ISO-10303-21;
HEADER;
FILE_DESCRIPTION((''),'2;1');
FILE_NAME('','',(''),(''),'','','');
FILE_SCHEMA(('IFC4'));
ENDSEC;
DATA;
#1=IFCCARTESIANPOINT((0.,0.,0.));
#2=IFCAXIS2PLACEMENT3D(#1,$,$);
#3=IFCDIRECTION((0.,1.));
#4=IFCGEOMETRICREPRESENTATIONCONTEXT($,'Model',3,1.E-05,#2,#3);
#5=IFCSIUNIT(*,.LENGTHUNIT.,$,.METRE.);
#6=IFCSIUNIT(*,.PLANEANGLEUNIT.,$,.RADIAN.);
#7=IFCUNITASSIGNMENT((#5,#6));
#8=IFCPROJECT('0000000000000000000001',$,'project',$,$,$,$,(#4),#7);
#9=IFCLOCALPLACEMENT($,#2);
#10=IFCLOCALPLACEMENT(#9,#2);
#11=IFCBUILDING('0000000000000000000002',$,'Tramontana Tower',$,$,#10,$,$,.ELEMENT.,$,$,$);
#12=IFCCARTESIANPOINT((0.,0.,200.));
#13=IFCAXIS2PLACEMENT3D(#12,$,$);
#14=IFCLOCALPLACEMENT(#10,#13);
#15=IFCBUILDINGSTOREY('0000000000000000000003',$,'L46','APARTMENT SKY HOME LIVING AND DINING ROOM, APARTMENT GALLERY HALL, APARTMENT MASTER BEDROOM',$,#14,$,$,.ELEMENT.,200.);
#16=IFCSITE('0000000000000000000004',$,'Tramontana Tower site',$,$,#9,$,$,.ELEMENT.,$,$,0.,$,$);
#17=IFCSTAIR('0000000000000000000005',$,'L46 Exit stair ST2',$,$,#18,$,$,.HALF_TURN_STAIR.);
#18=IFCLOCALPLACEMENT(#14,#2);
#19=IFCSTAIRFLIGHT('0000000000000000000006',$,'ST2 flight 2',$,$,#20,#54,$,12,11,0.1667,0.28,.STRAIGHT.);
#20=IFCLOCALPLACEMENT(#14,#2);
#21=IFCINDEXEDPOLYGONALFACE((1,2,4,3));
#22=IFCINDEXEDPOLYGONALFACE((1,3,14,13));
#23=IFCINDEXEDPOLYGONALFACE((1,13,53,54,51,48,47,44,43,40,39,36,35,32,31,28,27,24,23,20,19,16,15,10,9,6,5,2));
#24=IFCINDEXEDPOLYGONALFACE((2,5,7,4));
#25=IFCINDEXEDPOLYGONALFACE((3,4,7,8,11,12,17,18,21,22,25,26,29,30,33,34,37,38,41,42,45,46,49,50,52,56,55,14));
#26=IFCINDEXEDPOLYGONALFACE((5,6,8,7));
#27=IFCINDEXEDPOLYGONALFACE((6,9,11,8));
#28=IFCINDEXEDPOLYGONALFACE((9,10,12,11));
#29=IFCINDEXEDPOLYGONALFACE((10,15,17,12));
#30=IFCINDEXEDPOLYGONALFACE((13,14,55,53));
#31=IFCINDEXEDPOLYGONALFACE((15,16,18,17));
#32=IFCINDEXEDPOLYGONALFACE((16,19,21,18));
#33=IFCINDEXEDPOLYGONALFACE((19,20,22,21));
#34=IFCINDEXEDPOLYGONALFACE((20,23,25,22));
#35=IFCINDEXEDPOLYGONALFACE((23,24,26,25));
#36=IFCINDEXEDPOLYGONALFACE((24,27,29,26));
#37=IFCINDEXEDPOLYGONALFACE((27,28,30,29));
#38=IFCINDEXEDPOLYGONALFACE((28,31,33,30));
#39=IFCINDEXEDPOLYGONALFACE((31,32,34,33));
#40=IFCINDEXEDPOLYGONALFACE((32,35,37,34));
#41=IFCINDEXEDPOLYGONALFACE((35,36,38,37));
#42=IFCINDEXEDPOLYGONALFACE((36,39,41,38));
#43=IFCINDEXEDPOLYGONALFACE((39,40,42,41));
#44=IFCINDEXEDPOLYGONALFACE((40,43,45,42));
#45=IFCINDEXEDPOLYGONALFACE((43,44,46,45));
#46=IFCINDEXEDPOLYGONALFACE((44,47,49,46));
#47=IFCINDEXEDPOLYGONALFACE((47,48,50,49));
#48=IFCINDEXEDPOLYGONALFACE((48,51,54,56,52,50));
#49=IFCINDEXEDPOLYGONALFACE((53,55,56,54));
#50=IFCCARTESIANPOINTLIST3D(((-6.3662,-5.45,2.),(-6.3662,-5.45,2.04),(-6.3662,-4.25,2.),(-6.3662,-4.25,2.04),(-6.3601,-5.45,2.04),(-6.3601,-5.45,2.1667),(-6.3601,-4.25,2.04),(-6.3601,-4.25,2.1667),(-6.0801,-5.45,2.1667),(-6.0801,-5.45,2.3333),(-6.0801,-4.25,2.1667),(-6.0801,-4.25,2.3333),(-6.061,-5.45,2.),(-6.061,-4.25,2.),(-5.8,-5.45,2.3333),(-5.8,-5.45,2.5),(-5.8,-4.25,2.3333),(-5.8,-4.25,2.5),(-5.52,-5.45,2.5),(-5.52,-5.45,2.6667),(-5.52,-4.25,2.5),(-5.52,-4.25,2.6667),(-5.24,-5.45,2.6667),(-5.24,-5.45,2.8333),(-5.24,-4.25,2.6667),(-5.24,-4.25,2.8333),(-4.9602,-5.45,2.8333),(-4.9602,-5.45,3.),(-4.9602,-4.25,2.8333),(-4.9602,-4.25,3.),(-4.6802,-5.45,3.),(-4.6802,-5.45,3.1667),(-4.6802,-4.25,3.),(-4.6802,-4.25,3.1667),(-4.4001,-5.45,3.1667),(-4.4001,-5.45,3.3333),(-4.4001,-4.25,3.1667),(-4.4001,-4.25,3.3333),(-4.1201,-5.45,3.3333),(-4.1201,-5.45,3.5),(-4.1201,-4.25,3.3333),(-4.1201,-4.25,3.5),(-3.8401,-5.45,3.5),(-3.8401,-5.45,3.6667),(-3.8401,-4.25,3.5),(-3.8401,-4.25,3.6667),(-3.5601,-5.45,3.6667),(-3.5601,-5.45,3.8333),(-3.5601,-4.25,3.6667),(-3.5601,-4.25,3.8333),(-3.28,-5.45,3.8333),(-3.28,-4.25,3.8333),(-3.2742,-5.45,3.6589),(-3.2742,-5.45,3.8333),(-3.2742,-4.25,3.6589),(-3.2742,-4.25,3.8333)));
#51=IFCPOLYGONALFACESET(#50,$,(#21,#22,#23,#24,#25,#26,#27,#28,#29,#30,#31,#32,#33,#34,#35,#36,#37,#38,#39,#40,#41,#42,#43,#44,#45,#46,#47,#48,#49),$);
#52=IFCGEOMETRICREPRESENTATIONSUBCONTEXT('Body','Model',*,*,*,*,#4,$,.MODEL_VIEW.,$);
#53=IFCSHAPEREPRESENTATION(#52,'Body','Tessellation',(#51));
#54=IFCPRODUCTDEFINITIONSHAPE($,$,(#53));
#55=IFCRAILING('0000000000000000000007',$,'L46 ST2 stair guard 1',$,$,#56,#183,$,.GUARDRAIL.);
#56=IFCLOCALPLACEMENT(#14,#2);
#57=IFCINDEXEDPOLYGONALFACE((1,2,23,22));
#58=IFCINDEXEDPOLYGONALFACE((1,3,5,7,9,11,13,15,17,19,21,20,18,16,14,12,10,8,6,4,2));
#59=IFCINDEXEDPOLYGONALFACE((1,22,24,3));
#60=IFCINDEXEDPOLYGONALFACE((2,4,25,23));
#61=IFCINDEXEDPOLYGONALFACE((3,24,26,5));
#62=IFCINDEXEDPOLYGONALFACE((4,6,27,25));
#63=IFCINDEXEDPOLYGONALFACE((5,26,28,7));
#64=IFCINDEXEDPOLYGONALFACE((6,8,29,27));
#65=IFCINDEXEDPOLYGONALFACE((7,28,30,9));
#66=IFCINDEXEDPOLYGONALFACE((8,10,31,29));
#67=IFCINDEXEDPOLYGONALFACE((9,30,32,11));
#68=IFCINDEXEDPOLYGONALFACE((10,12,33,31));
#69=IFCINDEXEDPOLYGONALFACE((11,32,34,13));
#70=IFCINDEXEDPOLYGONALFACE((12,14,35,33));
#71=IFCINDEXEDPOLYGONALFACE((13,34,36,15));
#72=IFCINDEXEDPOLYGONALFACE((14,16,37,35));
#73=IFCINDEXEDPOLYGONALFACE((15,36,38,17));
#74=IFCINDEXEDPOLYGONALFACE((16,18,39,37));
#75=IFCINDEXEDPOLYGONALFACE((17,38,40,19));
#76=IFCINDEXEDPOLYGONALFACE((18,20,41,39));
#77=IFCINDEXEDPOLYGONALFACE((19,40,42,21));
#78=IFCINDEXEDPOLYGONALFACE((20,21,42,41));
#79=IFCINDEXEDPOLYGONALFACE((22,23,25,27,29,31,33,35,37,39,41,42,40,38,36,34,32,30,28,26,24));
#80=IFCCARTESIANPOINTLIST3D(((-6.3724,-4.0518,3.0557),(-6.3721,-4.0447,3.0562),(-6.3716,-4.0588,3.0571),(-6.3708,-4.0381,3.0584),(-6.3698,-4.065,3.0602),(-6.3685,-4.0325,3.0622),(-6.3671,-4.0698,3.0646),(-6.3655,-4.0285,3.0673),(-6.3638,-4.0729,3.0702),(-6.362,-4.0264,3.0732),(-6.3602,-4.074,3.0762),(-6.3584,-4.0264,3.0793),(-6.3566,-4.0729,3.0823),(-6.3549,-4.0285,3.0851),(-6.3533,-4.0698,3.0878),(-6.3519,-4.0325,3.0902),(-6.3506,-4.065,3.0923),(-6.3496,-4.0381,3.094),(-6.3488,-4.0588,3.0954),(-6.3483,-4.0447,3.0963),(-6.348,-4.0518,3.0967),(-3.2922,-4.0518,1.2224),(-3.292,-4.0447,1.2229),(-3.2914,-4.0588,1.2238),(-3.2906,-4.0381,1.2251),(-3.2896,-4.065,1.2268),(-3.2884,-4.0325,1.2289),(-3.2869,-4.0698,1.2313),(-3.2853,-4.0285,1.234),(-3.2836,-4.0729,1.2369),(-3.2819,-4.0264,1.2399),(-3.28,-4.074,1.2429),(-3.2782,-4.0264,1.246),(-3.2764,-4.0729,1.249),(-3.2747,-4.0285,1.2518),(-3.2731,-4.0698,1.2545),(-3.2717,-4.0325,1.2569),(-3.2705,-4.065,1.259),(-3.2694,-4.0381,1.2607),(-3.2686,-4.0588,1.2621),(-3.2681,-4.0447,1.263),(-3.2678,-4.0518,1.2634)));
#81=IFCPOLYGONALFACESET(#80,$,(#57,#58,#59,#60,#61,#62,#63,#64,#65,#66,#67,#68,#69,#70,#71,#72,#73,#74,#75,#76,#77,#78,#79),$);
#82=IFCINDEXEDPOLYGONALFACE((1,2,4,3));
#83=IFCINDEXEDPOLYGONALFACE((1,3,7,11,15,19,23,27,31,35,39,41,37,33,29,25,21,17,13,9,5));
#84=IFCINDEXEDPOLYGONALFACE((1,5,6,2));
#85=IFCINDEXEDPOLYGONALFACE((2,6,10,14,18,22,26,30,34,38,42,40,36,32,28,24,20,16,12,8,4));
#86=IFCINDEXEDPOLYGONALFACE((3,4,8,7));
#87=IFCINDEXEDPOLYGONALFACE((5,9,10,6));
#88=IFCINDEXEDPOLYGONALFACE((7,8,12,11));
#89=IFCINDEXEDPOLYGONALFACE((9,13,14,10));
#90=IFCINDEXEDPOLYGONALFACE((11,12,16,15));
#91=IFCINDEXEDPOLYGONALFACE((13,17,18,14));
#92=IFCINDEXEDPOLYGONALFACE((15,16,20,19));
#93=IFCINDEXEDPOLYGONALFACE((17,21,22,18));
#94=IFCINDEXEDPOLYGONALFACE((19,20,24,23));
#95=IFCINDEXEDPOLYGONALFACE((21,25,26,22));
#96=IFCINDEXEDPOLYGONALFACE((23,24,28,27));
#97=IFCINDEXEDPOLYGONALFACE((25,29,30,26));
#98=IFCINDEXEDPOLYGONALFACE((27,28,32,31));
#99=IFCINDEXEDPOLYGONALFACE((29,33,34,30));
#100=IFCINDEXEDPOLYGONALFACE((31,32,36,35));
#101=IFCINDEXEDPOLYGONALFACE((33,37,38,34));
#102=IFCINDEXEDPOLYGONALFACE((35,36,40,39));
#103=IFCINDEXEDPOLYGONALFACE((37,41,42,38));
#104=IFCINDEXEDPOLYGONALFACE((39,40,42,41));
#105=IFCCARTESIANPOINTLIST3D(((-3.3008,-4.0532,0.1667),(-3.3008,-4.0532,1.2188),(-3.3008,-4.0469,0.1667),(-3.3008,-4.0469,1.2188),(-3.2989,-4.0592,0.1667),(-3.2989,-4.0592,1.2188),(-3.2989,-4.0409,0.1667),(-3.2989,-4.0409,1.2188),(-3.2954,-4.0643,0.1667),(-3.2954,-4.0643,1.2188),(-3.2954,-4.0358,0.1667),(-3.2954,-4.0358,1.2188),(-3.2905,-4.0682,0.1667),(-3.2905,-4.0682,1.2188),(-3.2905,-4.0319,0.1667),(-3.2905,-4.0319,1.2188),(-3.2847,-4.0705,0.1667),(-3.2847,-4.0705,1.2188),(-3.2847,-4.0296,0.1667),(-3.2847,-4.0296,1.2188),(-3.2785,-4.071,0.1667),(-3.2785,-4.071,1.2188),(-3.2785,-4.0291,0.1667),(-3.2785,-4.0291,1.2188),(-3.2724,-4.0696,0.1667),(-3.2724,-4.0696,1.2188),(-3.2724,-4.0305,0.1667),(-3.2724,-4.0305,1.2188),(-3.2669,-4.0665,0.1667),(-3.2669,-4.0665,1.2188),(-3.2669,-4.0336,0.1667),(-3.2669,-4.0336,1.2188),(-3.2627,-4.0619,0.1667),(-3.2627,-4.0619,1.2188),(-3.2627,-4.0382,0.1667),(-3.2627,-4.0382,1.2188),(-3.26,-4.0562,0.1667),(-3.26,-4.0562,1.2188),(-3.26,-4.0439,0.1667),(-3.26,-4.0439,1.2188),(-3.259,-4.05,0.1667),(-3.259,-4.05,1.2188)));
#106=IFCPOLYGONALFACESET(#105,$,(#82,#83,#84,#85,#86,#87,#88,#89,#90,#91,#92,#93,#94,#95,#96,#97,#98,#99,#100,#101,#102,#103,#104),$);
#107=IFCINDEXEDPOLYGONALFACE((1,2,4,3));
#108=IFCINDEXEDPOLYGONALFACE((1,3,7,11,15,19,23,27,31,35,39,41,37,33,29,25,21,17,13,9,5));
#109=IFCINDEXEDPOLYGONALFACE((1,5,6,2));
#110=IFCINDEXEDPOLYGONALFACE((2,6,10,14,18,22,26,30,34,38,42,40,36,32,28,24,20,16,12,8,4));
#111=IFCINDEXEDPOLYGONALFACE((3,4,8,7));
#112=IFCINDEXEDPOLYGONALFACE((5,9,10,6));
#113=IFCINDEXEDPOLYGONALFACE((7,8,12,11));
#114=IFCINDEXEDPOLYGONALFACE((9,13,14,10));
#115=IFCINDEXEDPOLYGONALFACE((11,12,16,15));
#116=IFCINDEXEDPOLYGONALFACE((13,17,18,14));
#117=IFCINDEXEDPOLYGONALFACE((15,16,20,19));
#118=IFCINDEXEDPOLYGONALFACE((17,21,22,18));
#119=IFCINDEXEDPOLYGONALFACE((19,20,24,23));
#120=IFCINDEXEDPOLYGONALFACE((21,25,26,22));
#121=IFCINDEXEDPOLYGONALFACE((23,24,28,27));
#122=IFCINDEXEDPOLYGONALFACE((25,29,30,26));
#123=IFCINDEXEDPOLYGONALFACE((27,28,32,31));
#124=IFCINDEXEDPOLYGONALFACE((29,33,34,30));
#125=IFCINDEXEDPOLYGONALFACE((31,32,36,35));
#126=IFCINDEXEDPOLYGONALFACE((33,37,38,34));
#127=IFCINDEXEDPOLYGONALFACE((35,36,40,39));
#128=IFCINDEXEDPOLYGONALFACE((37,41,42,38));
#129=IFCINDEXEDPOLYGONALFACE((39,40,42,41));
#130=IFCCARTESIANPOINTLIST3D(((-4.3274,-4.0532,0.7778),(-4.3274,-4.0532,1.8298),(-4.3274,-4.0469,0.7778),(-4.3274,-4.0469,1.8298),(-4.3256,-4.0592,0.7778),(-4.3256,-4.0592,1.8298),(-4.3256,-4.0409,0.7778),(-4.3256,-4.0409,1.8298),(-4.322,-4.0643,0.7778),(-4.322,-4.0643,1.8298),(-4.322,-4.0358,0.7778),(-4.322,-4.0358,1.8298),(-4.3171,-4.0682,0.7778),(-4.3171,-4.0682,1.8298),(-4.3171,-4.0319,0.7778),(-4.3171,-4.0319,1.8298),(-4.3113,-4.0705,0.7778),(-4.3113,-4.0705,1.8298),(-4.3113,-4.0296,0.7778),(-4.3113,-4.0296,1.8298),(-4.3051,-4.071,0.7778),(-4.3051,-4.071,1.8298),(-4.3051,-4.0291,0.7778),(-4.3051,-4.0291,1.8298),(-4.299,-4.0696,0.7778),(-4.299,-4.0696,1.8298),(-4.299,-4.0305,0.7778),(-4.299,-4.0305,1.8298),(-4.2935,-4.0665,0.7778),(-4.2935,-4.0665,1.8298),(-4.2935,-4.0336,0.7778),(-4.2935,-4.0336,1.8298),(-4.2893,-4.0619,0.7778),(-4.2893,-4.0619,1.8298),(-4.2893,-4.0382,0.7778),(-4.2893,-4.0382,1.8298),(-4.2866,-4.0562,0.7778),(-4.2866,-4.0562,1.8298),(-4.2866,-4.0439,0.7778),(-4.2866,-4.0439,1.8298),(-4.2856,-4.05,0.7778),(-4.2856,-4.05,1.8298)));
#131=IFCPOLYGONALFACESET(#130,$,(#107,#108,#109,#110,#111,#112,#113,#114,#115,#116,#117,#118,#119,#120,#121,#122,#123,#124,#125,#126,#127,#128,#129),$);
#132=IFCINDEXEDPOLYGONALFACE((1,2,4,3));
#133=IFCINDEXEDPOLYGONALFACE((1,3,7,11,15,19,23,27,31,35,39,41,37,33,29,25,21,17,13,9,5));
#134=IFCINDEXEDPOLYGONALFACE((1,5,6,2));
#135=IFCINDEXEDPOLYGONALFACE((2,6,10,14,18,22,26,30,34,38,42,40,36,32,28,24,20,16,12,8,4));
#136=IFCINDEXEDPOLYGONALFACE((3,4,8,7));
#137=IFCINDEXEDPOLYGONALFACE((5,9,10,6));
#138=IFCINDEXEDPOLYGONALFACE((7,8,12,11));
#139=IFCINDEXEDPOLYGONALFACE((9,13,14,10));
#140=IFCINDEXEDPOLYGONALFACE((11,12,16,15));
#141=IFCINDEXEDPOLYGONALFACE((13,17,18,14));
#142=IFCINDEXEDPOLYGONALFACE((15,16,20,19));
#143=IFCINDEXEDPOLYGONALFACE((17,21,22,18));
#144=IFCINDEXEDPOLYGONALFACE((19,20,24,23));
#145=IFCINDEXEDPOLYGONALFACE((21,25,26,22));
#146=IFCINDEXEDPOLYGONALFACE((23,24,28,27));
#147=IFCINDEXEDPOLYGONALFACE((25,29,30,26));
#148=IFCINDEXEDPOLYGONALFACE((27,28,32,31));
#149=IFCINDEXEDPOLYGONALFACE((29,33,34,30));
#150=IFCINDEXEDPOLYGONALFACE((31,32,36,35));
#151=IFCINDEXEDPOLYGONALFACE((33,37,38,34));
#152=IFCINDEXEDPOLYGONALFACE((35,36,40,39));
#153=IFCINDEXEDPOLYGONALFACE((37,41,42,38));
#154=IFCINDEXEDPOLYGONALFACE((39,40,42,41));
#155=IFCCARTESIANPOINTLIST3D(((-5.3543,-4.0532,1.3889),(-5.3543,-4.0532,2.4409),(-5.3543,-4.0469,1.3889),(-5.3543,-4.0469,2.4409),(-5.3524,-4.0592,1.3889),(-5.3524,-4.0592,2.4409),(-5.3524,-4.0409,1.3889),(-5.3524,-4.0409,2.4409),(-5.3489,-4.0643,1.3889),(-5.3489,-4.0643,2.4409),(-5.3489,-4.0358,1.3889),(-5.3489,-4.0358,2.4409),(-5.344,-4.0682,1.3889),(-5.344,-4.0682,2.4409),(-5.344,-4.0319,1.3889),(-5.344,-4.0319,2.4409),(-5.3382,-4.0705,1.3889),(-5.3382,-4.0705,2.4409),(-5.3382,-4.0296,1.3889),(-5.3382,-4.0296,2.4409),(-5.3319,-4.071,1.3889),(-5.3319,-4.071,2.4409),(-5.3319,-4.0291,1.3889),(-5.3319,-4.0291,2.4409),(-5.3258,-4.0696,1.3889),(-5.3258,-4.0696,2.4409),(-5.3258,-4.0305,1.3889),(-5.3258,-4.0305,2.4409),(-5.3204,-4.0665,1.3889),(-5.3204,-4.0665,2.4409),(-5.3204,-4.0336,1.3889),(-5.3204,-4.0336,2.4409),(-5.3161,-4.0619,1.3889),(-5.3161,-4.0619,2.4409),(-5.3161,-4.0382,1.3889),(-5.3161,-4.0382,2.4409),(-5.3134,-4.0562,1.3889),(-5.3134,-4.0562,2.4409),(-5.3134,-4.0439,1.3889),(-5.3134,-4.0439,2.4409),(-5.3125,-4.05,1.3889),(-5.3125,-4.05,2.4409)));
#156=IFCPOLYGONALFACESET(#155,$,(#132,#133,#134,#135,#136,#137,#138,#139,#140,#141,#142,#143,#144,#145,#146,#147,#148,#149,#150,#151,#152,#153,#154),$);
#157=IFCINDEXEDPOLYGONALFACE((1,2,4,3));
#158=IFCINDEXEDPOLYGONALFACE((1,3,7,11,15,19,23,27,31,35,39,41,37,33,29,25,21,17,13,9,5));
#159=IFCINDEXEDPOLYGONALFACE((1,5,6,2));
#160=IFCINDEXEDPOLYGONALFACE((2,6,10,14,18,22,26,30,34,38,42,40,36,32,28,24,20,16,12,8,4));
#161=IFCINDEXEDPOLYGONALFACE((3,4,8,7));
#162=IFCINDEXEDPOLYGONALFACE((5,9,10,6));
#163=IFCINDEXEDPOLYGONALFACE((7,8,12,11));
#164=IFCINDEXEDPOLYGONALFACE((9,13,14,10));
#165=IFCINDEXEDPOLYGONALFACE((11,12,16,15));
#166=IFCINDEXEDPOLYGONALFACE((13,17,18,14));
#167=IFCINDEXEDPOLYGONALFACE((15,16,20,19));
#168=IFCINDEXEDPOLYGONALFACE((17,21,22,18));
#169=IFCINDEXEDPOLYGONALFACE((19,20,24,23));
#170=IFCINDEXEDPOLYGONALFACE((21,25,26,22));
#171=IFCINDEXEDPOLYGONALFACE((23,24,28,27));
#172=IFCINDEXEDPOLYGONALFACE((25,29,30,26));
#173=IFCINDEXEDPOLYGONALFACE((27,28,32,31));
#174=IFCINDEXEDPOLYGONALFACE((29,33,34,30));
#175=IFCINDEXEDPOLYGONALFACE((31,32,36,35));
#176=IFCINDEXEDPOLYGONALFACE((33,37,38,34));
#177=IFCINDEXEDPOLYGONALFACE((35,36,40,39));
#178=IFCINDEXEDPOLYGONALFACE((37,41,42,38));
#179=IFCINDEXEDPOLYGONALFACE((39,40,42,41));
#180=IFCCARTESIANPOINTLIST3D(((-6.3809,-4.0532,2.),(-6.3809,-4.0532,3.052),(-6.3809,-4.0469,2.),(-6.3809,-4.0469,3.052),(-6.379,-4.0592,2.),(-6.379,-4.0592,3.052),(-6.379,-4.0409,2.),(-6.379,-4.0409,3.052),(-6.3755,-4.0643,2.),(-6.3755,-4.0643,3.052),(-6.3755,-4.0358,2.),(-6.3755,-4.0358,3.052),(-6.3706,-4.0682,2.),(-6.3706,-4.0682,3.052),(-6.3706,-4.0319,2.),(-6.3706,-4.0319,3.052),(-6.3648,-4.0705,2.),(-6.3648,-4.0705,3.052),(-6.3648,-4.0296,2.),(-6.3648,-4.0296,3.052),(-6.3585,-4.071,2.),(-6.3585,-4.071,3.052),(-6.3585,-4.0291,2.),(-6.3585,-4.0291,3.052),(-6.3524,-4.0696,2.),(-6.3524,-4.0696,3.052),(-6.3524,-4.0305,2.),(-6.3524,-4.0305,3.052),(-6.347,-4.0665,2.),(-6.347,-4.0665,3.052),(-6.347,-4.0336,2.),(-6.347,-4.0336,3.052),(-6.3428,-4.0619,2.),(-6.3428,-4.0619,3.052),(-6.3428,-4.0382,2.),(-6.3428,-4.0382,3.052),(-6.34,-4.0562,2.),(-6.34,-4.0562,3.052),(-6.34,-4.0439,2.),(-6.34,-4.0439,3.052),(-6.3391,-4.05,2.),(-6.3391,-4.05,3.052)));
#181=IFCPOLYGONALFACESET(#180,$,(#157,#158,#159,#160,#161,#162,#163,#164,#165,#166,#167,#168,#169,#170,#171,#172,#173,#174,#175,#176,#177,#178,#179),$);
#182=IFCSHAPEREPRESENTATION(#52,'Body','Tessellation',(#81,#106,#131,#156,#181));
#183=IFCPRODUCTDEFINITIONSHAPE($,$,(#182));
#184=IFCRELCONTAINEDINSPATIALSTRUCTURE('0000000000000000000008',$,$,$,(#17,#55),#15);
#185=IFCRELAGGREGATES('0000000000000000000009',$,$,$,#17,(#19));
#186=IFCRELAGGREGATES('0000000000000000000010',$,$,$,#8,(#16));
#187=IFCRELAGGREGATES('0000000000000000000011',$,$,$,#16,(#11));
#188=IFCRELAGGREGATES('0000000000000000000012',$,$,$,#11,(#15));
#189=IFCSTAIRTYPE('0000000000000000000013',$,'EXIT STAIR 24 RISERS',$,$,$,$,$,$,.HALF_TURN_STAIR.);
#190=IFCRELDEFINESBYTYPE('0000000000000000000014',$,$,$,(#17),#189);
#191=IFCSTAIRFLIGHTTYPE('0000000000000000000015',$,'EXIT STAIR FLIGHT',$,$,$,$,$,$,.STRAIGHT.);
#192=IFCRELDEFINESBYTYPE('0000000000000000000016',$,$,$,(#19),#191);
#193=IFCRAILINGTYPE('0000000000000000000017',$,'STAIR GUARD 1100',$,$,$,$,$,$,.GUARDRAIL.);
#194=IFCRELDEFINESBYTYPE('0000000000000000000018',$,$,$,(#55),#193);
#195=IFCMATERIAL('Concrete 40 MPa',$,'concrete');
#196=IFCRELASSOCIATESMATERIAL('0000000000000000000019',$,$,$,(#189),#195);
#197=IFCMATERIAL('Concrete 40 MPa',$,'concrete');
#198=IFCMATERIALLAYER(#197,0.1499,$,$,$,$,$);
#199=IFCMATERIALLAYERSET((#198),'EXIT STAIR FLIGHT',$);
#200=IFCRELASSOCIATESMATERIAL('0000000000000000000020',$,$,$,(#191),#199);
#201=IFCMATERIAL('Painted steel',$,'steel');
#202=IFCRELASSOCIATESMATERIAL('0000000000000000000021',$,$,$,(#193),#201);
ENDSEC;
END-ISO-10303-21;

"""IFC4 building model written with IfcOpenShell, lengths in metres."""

from ifc_helpers import new_model, si_unit, direction, frame, origin, origin_2d, place, context, subcontext, project, spatial, polyline, circle, outline, extrude, material, layer, layer_set, type_object, element, aggregate, save


model = new_model("IFC4")

# Units and contexts
model_context = context("Model", 3, precision=1e-05, world=origin(), true_north=direction((0.0, 1.0)))
body_context = subcontext(model_context, "Body", "Model", "MODEL_VIEW")
ifc_project = project(units=[si_unit("LENGTHUNIT", "METRE"), si_unit("PLANEANGLEUNIT", "RADIAN")], contexts=[model_context])

# Site, building, storey
site_placement = place(None, origin())
site = spatial("IfcSite", under=ifc_project, at=site_placement, Name="Tramontana Tower site", CompositionType="ELEMENT", RefElevation=0.0)
building_placement = place(site_placement, origin())
building = spatial("IfcBuilding", under=site, at=building_placement, Name="Tramontana Tower", CompositionType="ELEMENT")
storey_placement = place(building_placement, frame((0.0, 0.0, 200.0)))
storey = spatial("IfcBuildingStorey", under=building, at=storey_placement, Name="L46", Description="APARTMENT SKY HOME LIVING AND DINING ROOM, APARTMENT GALLERY HALL, APARTMENT MASTER BEDROOM", CompositionType="ELEMENT", Elevation=200.0)

# Stair, stair flight
ifc_material_1 = material(Name="Concrete 40 MPa", Category="concrete")
stair_type = type_object("IfcStairType", Name="EXIT STAIR 24 RISERS", PredefinedType="HALF_TURN_STAIR", material=ifc_material_1)
stair_placement = place(storey_placement, origin())
stair = element("IfcStair", 1, at=stair_placement, inside=storey, type_object=stair_type, Name="L46 Exit stair ST2", PredefinedType="HALF_TURN_STAIR")
ifc_material_2 = material(Name="Concrete 40 MPa", Category="concrete")
ifc_layer_1 = layer(ifc_material_2, 0.1499)
ifc_layer_set_1 = layer_set([ifc_layer_1], Name="EXIT STAIR FLIGHT")
stair_flight_type = type_object("IfcStairFlightType", Name="EXIT STAIR FLIGHT", PredefinedType="STRAIGHT", material=ifc_layer_set_1)
stair_flight_1_placement = place(storey_placement, frame((-6.3601, -4.8501, 2.0), z_axis=(0.0, 0.0, 1.0), x_axis=(1.0, 0.0, 0.0)))
stair_flight_1 = element("IfcStairFlight", 2, at=stair_flight_1_placement, type_object=stair_flight_type, Name="ST2 flight 2", NumberOfRisers=12, NumberOfTreads=11, PredefinedType="STRAIGHT", RiserHeight=0.1667, TreadLength=0.28, context=body_context, shape_type="SweptSolid", body=[
    extrude(outline(polyline([(-0.0061, 0.0), (-0.0061, 0.04), (0.0, 0.04), (0.0, 0.1667), (0.28, 0.1667), (0.28, 0.3333), (0.5601, 0.3333), (0.5601, 0.5), (0.8401, 0.5), (0.8401, 0.6667), (1.1201, 0.6667), (1.1201, 0.8333), (1.3999, 0.8333), (1.3999, 1.0), (1.6799, 1.0), (1.6799, 1.1667), (1.96, 1.1667), (1.96, 1.3333), (2.24, 1.3333), (2.24, 1.5), (2.52, 1.5), (2.52, 1.6667), (2.8, 1.6667), (2.8, 1.8333), (3.0801, 1.8333), (3.0859, 1.8333), (3.0859, 1.6589), (0.2991, 0.0), (-0.0061, 0.0)])), frame((0.0, 0.6001, 0.0), z_axis=(0.0, -1.0, 0.0), x_axis=(1.0, 0.0, 0.0)), (0.0, 0.0, 1.0), 1.2),
])
aggregate(stair, [stair_flight_1])

# Railing
ifc_material_3 = material(Name="Painted steel", Category="steel")
railing_type_1 = type_object("IfcRailingType", Name="STAIR GUARD 1100", PredefinedType="GUARDRAIL", material=ifc_material_3)
railing_1_placement = place(storey_placement, frame((-3.28, -4.05, 0.1667)))
element("IfcRailing", 3, at=railing_1_placement, inside=storey, type_object=railing_type_1, Name="L46 ST2 stair guard 1", PredefinedType="GUARDRAIL", context=body_context, shape_type="SweptSolid", body=[
    extrude(circle(Radius=0.0239, at=origin_2d()), frame((0.0, 0.0, 1.0762), z_axis=(-0.859309, 0.0, 0.511458), x_axis=(0.0, -1.0, 0.0)), (0.0, 0.0, 1.0), 3.5845),
    extrude(circle(Radius=0.021, at=origin_2d()), origin(), (0.0, 0.0, 1.0), 1.052),
    extrude(circle(Radius=0.021, at=origin_2d()), frame((-1.0266, 0.0, 0.6111)), (0.0, 0.0, 1.0), 1.052),
    extrude(circle(Radius=0.021, at=origin_2d()), frame((-2.0535, 0.0, 1.2222)), (0.0, 0.0, 1.0), 1.052),
    extrude(circle(Radius=0.021, at=origin_2d()), frame((-3.0801, 0.0, 1.8333)), (0.0, 0.0, 1.0), 1.052),
])

save(model, "model.ifc")
